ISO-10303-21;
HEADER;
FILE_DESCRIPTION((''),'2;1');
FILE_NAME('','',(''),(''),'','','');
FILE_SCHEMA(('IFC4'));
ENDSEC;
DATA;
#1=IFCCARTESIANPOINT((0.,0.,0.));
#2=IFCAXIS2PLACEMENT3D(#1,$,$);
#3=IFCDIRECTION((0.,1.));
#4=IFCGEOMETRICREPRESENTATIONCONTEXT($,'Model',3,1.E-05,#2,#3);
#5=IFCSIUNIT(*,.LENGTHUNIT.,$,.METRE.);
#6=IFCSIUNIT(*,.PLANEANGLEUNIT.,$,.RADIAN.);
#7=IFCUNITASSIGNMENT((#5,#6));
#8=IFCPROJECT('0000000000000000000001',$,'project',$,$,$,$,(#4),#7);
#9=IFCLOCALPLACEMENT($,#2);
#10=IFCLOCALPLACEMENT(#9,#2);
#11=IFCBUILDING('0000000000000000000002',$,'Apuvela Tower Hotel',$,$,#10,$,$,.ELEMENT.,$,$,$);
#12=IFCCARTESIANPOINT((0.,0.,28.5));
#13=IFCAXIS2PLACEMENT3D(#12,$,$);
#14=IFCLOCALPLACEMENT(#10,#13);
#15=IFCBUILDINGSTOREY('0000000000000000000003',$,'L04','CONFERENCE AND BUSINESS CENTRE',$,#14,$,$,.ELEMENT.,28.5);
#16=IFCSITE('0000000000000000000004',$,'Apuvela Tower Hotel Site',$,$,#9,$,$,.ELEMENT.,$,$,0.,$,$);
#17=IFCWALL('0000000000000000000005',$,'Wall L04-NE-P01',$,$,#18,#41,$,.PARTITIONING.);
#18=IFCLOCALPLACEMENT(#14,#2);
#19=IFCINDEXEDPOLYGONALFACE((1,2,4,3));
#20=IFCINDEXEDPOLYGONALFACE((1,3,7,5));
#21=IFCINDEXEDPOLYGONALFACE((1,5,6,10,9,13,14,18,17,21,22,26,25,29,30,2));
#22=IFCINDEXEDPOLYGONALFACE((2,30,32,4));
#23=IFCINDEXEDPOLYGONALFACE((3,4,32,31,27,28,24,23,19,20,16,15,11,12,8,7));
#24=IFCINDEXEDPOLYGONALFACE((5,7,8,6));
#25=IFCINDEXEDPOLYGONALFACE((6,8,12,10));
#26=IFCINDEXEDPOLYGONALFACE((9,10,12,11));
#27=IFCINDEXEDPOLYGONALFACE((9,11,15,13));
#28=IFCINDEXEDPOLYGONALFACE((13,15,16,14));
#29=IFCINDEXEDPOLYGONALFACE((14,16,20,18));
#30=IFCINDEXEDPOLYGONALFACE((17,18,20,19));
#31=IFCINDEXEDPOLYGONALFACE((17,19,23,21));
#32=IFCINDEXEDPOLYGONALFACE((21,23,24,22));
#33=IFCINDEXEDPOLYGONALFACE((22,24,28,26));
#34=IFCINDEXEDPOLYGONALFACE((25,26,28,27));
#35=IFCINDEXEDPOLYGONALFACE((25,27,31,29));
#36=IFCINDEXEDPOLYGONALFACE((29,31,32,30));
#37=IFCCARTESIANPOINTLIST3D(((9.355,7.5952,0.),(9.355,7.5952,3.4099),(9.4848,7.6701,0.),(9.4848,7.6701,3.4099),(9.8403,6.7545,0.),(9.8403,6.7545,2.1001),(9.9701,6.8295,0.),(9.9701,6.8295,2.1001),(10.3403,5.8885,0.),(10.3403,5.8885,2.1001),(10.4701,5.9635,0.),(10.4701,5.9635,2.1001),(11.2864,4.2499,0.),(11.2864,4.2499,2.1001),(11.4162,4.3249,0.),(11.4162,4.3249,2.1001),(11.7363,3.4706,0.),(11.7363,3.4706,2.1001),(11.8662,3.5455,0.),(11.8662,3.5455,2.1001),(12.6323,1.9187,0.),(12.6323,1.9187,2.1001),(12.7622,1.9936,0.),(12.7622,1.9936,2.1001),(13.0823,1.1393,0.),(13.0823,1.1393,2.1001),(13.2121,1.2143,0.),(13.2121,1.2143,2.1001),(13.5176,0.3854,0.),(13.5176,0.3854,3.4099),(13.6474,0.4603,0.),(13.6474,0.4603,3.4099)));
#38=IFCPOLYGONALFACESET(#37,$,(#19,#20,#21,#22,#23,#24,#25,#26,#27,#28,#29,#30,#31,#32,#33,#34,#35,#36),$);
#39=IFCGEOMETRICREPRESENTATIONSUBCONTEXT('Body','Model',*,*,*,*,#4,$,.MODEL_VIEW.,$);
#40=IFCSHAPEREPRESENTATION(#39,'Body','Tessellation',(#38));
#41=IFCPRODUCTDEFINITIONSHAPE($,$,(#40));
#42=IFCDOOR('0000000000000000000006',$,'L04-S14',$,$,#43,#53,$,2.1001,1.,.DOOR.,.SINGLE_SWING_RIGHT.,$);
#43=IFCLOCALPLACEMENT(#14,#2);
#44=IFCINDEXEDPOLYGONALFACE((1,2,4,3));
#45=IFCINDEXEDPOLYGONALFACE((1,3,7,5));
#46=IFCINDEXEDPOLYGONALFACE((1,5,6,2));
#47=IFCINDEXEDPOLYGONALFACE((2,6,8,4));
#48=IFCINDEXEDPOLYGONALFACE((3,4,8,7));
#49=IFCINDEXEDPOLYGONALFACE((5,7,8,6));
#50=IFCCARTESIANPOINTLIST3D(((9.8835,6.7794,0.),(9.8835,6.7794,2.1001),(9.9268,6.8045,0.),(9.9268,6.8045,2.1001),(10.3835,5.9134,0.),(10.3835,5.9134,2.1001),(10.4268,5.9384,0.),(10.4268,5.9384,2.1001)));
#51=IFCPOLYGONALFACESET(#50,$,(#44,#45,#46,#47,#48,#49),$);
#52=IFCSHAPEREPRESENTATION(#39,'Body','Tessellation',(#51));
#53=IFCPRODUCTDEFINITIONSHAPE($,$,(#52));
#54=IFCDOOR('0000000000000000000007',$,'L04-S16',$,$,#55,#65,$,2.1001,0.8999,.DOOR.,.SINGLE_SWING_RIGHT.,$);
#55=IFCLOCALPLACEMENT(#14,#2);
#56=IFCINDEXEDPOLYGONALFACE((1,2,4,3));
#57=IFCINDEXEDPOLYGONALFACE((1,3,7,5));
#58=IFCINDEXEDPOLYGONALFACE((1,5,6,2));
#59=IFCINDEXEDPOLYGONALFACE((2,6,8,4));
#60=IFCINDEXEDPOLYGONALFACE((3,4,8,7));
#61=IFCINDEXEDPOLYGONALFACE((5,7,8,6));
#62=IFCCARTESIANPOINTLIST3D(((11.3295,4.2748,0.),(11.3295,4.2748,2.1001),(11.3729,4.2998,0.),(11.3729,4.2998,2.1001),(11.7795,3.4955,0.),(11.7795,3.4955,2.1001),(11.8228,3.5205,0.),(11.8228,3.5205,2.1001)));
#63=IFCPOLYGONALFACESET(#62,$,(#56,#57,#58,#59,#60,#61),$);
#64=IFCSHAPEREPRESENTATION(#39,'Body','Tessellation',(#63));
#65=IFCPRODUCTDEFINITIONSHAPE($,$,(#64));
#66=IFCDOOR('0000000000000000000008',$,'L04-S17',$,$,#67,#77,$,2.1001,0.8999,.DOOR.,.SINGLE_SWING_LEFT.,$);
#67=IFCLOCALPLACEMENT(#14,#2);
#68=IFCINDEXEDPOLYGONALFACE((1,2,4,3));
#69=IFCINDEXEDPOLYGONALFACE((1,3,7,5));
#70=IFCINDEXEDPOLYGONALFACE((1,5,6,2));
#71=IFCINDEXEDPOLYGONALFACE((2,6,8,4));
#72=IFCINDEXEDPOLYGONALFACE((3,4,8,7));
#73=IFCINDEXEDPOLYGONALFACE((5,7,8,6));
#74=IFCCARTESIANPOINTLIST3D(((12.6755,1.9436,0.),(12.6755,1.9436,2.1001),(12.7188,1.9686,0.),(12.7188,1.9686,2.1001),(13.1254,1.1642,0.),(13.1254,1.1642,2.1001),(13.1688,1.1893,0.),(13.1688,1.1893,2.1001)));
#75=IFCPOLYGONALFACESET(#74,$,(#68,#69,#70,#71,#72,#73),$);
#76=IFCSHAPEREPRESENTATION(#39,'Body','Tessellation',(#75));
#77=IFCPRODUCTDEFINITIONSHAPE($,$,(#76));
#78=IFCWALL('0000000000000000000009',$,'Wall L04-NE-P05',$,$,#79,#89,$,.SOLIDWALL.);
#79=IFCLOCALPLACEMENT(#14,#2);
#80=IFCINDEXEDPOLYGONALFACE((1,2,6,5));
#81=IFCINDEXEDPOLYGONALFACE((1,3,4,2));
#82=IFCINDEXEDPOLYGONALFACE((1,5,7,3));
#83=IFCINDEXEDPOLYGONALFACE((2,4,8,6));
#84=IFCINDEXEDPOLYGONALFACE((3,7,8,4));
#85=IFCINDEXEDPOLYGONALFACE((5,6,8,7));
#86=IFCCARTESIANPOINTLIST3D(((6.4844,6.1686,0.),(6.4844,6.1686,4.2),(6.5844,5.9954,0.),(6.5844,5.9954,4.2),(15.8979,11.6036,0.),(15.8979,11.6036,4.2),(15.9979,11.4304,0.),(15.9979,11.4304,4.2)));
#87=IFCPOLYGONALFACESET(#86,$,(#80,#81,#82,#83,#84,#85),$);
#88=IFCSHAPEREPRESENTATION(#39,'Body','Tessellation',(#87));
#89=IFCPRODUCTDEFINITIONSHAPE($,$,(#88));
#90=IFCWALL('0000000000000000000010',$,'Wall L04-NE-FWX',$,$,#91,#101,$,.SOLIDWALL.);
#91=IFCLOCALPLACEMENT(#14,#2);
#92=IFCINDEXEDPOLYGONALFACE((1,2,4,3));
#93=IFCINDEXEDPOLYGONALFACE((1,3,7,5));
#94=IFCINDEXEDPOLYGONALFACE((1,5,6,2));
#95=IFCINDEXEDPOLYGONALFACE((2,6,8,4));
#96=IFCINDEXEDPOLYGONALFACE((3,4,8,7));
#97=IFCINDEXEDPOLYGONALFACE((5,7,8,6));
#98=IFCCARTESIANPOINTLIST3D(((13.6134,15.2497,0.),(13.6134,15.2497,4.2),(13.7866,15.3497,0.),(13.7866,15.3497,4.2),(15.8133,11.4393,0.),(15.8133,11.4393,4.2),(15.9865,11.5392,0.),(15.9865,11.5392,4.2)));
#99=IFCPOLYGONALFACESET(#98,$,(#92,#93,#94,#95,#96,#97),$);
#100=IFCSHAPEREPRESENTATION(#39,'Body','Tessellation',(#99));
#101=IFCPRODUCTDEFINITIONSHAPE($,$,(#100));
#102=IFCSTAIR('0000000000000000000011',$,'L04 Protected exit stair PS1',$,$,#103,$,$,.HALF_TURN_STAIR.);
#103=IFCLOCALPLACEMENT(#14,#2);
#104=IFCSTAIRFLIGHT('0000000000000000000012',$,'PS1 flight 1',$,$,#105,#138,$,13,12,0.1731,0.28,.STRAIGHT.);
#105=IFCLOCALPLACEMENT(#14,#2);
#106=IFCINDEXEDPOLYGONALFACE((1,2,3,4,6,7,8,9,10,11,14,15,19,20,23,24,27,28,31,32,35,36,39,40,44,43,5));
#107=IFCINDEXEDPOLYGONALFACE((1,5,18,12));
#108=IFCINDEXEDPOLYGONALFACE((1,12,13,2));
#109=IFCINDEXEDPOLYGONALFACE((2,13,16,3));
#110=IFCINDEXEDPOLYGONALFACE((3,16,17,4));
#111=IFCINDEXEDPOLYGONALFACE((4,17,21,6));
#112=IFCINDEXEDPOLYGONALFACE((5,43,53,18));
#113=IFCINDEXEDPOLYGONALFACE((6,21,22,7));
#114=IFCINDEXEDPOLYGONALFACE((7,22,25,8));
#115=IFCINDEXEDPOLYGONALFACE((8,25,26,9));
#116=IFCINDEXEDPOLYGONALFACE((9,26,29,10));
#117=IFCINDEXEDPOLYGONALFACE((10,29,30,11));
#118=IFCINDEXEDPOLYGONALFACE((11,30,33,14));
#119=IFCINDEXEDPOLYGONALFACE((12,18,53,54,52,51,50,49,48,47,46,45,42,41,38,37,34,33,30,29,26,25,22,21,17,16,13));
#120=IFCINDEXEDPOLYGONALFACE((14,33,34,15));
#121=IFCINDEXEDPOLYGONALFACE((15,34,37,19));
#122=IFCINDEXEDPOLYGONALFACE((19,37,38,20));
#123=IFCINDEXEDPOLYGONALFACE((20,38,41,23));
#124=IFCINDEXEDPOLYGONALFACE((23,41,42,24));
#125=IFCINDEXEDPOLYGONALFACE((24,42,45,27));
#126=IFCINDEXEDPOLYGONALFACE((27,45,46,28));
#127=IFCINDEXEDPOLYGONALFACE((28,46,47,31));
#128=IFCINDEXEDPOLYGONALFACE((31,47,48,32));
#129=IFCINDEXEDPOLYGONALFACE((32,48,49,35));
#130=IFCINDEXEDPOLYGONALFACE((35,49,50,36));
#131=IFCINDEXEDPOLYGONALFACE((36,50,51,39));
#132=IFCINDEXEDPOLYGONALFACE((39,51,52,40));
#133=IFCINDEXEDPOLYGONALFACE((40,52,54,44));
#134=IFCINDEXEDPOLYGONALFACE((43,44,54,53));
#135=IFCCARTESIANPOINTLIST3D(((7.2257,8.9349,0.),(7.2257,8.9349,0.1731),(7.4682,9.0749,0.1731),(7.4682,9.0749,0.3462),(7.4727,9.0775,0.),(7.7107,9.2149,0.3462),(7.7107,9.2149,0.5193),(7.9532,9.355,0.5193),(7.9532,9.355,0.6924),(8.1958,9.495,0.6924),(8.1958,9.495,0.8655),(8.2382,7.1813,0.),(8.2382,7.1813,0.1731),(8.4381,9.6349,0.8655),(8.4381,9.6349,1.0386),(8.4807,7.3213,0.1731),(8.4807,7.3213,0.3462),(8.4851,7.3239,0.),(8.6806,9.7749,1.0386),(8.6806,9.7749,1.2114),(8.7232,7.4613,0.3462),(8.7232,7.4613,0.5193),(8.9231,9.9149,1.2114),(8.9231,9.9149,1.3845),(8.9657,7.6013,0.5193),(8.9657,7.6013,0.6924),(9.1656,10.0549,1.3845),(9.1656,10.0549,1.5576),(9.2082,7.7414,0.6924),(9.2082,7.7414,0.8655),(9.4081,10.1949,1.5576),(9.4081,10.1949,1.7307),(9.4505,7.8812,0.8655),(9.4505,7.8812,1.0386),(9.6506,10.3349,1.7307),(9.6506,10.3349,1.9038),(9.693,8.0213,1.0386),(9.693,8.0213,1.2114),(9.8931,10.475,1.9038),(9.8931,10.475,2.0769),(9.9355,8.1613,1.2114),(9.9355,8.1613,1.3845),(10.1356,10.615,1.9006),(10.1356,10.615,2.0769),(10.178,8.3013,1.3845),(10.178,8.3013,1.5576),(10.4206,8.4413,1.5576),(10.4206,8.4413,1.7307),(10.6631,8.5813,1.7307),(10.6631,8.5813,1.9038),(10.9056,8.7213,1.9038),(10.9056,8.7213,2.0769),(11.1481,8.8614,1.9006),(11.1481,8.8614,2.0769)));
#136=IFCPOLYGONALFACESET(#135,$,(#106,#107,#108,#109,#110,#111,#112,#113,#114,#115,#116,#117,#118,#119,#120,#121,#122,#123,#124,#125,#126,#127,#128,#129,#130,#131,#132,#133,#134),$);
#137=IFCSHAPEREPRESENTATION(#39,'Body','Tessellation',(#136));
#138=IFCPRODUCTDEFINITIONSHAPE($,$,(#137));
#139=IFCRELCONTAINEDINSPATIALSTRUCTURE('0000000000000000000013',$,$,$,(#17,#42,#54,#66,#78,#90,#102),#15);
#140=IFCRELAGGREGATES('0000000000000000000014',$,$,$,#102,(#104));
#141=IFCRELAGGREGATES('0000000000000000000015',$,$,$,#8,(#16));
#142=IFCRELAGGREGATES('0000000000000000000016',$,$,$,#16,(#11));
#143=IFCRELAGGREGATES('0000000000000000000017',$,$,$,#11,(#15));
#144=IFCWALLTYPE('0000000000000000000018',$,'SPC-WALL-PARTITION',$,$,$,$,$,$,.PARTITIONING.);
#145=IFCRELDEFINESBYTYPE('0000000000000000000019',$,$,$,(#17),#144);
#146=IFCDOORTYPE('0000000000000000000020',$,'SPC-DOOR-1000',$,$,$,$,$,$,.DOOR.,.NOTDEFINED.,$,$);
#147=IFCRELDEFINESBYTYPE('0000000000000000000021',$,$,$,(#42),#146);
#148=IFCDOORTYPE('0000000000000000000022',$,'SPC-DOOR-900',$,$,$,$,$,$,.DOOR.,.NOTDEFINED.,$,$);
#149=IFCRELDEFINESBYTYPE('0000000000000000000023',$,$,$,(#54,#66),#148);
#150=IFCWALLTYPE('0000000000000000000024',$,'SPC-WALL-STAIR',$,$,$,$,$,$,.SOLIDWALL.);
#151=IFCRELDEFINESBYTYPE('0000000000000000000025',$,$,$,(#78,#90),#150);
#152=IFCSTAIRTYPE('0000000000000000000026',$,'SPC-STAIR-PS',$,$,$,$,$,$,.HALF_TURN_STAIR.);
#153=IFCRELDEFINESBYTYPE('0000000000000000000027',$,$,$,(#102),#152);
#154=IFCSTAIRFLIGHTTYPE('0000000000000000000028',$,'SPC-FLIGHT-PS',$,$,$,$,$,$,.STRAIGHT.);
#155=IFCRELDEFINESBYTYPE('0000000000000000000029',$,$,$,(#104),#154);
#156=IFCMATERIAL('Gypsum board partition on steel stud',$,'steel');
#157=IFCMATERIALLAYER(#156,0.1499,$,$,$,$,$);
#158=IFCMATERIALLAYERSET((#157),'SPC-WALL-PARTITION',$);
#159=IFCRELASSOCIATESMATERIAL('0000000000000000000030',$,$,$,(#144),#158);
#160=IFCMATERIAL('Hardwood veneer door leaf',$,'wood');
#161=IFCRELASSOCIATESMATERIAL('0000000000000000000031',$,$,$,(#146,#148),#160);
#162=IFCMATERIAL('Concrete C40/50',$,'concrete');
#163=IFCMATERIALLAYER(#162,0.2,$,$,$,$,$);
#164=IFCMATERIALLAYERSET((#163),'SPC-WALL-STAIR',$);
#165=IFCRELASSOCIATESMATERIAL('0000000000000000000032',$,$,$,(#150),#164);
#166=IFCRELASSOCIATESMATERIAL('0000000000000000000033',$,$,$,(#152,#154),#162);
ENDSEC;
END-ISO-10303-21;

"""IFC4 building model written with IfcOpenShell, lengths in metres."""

from ifc_helpers import new_model, si_unit, direction, frame, frame_2d, origin, place, context, subcontext, project, spatial, polyline, rectangle, outline, extrude, material, layer, layer_set, type_object, element, fill, aggregate, save


model = new_model("IFC4")

# Units and contexts
model_context = context("Model", 3, precision=1e-05, world=origin(), true_north=direction((0.0, 1.0)))
body_context = subcontext(model_context, "Body", "Model", "MODEL_VIEW")
ifc_project = project(units=[si_unit("LENGTHUNIT", "METRE"), si_unit("PLANEANGLEUNIT", "RADIAN")], contexts=[model_context])

# Site, building, storey
site_placement = place(None, origin())
site = spatial("IfcSite", under=ifc_project, at=site_placement, Name="Apuvela Tower Hotel Site", CompositionType="ELEMENT", RefElevation=0.0)
building_placement = place(site_placement, origin())
building = spatial("IfcBuilding", under=site, at=building_placement, Name="Apuvela Tower Hotel", CompositionType="ELEMENT")
storey_placement = place(building_placement, frame((0.0, 0.0, 28.5)))
storey = spatial("IfcBuildingStorey", under=building, at=storey_placement, Name="L04", Description="CONFERENCE AND BUSINESS CENTRE", CompositionType="ELEMENT", Elevation=28.5)

# Wall, openings, doors
ifc_material_1 = material(Name="Gypsum board partition on steel stud", Category="steel")
ifc_layer_1 = layer(ifc_material_1, 0.1499)
ifc_layer_set_1 = layer_set([ifc_layer_1], Name="SPC-WALL-PARTITION")
wall_type_1 = type_object("IfcWallType", Name="SPC-WALL-PARTITION", PredefinedType="PARTITIONING", material=ifc_layer_set_1)
wall_1_placement = place(storey_placement, frame((13.5825, 0.4229, 0.0), z_axis=(0.0, 0.0, 1.0), x_axis=(-0.500006, 0.866022, 0.0)))
wall_1 = element("IfcWall", 1, at=wall_1_placement, inside=storey, type_object=wall_type_1, Name="Wall L04-NE-P01", PredefinedType="PARTITIONING", context=body_context, shape_type="SweptSolid", body=[
    extrude(rectangle(XDim=8.3252, YDim=0.1499, at=frame_2d((4.1626, 0.0))), origin(), (0.0, 0.0, 1.0), 3.4099),
])
opening_1_placement = place(wall_1_placement, frame((6.3545, 0.0, 0.0)))
opening_1 = element("IfcOpeningElement", 2, at=opening_1_placement, cuts=wall_1, PredefinedType="OPENING", context=body_context, shape_type="SweptSolid", body=[
    extrude(rectangle(XDim=1.0, YDim=2.1001, at=frame_2d((0.5, 1.05))), frame((0.0, 0.085, 0.0), z_axis=(0.0, -1.0, 0.0), x_axis=(1.0, 0.0, 0.0)), (0.0, 0.0, 1.0), 0.1699),
])
opening_2_placement = place(wall_1_placement, frame((3.5625, 0.0, 0.0)))
opening_2 = element("IfcOpeningElement", 3, at=opening_2_placement, cuts=wall_1, PredefinedType="OPENING", context=body_context, shape_type="SweptSolid", body=[
    extrude(rectangle(XDim=0.8999, YDim=2.1001, at=frame_2d((0.45, 1.05))), frame((0.0, 0.085, 0.0), z_axis=(0.0, -1.0, 0.0), x_axis=(1.0, 0.0, 0.0)), (0.0, 0.0, 1.0), 0.1699),
])
opening_3_placement = place(wall_1_placement, frame((0.8706, 0.0, 0.0)))
opening_3 = element("IfcOpeningElement", 4, at=opening_3_placement, cuts=wall_1, PredefinedType="OPENING", context=body_context, shape_type="SweptSolid", body=[
    extrude(rectangle(XDim=0.8999, YDim=2.1001, at=frame_2d((0.45, 1.05))), frame((0.0, 0.085, 0.0), z_axis=(0.0, -1.0, 0.0), x_axis=(1.0, 0.0, 0.0)), (0.0, 0.0, 1.0), 0.1699),
])
ifc_material_2 = material(Name="Hardwood veneer door leaf", Category="wood")
door_type_1 = type_object("IfcDoorType", Name="SPC-DOOR-1000", OperationType="NOTDEFINED", PredefinedType="DOOR", material=ifc_material_2)
door_1_placement = place(opening_1_placement, frame((1.0, 0.0, 0.0), z_axis=(0.0, 0.0, 1.0), x_axis=(-1.0, 0.0, 0.0)))
door_1 = element("IfcDoor", 5, at=door_1_placement, inside=storey, type_object=door_type_1, Name="L04-S14", OperationType="SINGLE_SWING_RIGHT", OverallHeight=2.1001, OverallWidth=1.0, PredefinedType="DOOR", context=body_context, shape_type="SweptSolid", body=[
    extrude(rectangle(XDim=1.0, YDim=2.1001, at=frame_2d((0.5, 1.05))), frame((0.0, 0.0249, 0.0), z_axis=(0.0, -1.0, 0.0), x_axis=(1.0, 0.0, 0.0)), (0.0, 0.0, 1.0), 0.05),
])
fill(opening_1, door_1)
door_type_2 = type_object("IfcDoorType", Name="SPC-DOOR-900", OperationType="NOTDEFINED", PredefinedType="DOOR", material=ifc_material_2)
door_2_placement = place(opening_2_placement, frame((0.8999, 0.0, 0.0), z_axis=(0.0, 0.0, 1.0), x_axis=(-1.0, 0.0, 0.0)))
door_2 = element("IfcDoor", 6, at=door_2_placement, inside=storey, type_object=door_type_2, Name="L04-S16", OperationType="SINGLE_SWING_RIGHT", OverallHeight=2.1001, OverallWidth=0.8999, PredefinedType="DOOR", context=body_context, shape_type="SweptSolid", body=[
    extrude(rectangle(XDim=0.8999, YDim=2.1001, at=frame_2d((0.45, 1.05))), frame((0.0, 0.0249, 0.0), z_axis=(0.0, -1.0, 0.0), x_axis=(1.0, 0.0, 0.0)), (0.0, 0.0, 1.0), 0.05),
])
fill(opening_2, door_2)
door_3_placement = place(opening_3_placement, frame((0.8999, 0.0, 0.0), z_axis=(0.0, 0.0, 1.0), x_axis=(-1.0, 0.0, 0.0)))
door_3 = element("IfcDoor", 7, at=door_3_placement, inside=storey, type_object=door_type_2, Name="L04-S17", OperationType="SINGLE_SWING_LEFT", OverallHeight=2.1001, OverallWidth=0.8999, PredefinedType="DOOR", context=body_context, shape_type="SweptSolid", body=[
    extrude(rectangle(XDim=0.8999, YDim=2.1001, at=frame_2d((0.45, 1.05))), frame((0.0, 0.0249, 0.0), z_axis=(0.0, -1.0, 0.0), x_axis=(1.0, 0.0, 0.0)), (0.0, 0.0, 1.0), 0.05),
])
fill(opening_3, door_3)

# Walls
ifc_material_3 = material(Name="Concrete C40/50", Category="concrete")
ifc_layer_2 = layer(ifc_material_3, 0.2)
ifc_layer_set_2 = layer_set([ifc_layer_2], Name="SPC-WALL-STAIR")
wall_type_2 = type_object("IfcWallType", Name="SPC-WALL-STAIR", PredefinedType="SOLIDWALL", material=ifc_layer_set_2)
wall_2_placement = place(storey_placement, frame((15.948, 11.5171, 0.0), z_axis=(0.0, 0.0, 1.0), x_axis=(-0.86602, -0.500009, 0.0)))
element("IfcWall", 8, at=wall_2_placement, inside=storey, type_object=wall_type_2, Name="Wall L04-NE-P05", PredefinedType="SOLIDWALL", context=body_context, shape_type="SweptSolid", body=[
    extrude(rectangle(XDim=10.8699, YDim=0.2, at=frame_2d((5.4351, 0.0))), origin(), (0.0, 0.0, 1.0), 4.2),
])
wall_3_placement = place(storey_placement, frame((15.8999, 11.4893, 0.0), z_axis=(0.0, 0.0, 1.0), x_axis=(-0.499988, 0.866032, 0.0)))
element("IfcWall", 9, at=wall_3_placement, inside=storey, type_object=wall_type_2, Name="Wall L04-NE-FWX", PredefinedType="SOLIDWALL", context=body_context, shape_type="SweptSolid", body=[
    extrude(rectangle(XDim=4.3999, YDim=0.2, at=frame_2d((2.2, 0.0))), origin(), (0.0, 0.0, 1.0), 4.2),
])

# Stair, stair flight
stair_type = type_object("IfcStairType", Name="SPC-STAIR-PS", PredefinedType="HALF_TURN_STAIR", material=ifc_material_3)
stair_placement = place(storey_placement, origin())
stair = element("IfcStair", 10, at=stair_placement, inside=storey, type_object=stair_type, Name="L04 Protected exit stair PS1", PredefinedType="HALF_TURN_STAIR")
stair_flight_type = type_object("IfcStairFlightType", Name="SPC-FLIGHT-PS", PredefinedType="STRAIGHT", material=ifc_material_3)
stair_flight_1_placement = place(storey_placement, frame((7.7319, 8.0581, 0.0), z_axis=(0.0, 0.0, 1.0), x_axis=(0.866025, 0.5, 0.0)))
stair_flight_1 = element("IfcStairFlight", 11, at=stair_flight_1_placement, type_object=stair_flight_type, Name="PS1 flight 1", NumberOfRisers=13, NumberOfTreads=12, PredefinedType="STRAIGHT", RiserHeight=0.1731, TreadLength=0.28, context=body_context, shape_type="SweptSolid", body=[
    extrude(outline(polyline([(0.0, 0.0), (0.0, 0.1731), (0.28, 0.1731), (0.28, 0.3462), (0.5601, 0.3462), (0.5601, 0.5193), (0.8401, 0.5193), (0.8401, 0.6924), (1.1201, 0.6924), (1.1201, 0.8655), (1.3999, 0.8655), (1.3999, 1.0386), (1.6799, 1.0386), (1.6799, 1.2114), (1.96, 1.2114), (1.96, 1.3845), (2.24, 1.3845), (2.24, 1.5576), (2.52, 1.5576), (2.52, 1.7307), (2.8, 1.7307), (2.8, 1.9038), (3.0801, 1.9038), (3.0801, 2.0769), (3.3601, 2.0769), (3.3601, 2.25), (3.3601, 1.9006), (0.2852, 0.0), (0.0, 0.0)])), frame((0.0, 1.0125, 0.0), z_axis=(0.0, -1.0, 0.0), x_axis=(1.0, 0.0, 0.0)), (0.0, 0.0, 1.0), 2.0249),
])
aggregate(stair, [stair_flight_1])

save(model, "model.ifc")
